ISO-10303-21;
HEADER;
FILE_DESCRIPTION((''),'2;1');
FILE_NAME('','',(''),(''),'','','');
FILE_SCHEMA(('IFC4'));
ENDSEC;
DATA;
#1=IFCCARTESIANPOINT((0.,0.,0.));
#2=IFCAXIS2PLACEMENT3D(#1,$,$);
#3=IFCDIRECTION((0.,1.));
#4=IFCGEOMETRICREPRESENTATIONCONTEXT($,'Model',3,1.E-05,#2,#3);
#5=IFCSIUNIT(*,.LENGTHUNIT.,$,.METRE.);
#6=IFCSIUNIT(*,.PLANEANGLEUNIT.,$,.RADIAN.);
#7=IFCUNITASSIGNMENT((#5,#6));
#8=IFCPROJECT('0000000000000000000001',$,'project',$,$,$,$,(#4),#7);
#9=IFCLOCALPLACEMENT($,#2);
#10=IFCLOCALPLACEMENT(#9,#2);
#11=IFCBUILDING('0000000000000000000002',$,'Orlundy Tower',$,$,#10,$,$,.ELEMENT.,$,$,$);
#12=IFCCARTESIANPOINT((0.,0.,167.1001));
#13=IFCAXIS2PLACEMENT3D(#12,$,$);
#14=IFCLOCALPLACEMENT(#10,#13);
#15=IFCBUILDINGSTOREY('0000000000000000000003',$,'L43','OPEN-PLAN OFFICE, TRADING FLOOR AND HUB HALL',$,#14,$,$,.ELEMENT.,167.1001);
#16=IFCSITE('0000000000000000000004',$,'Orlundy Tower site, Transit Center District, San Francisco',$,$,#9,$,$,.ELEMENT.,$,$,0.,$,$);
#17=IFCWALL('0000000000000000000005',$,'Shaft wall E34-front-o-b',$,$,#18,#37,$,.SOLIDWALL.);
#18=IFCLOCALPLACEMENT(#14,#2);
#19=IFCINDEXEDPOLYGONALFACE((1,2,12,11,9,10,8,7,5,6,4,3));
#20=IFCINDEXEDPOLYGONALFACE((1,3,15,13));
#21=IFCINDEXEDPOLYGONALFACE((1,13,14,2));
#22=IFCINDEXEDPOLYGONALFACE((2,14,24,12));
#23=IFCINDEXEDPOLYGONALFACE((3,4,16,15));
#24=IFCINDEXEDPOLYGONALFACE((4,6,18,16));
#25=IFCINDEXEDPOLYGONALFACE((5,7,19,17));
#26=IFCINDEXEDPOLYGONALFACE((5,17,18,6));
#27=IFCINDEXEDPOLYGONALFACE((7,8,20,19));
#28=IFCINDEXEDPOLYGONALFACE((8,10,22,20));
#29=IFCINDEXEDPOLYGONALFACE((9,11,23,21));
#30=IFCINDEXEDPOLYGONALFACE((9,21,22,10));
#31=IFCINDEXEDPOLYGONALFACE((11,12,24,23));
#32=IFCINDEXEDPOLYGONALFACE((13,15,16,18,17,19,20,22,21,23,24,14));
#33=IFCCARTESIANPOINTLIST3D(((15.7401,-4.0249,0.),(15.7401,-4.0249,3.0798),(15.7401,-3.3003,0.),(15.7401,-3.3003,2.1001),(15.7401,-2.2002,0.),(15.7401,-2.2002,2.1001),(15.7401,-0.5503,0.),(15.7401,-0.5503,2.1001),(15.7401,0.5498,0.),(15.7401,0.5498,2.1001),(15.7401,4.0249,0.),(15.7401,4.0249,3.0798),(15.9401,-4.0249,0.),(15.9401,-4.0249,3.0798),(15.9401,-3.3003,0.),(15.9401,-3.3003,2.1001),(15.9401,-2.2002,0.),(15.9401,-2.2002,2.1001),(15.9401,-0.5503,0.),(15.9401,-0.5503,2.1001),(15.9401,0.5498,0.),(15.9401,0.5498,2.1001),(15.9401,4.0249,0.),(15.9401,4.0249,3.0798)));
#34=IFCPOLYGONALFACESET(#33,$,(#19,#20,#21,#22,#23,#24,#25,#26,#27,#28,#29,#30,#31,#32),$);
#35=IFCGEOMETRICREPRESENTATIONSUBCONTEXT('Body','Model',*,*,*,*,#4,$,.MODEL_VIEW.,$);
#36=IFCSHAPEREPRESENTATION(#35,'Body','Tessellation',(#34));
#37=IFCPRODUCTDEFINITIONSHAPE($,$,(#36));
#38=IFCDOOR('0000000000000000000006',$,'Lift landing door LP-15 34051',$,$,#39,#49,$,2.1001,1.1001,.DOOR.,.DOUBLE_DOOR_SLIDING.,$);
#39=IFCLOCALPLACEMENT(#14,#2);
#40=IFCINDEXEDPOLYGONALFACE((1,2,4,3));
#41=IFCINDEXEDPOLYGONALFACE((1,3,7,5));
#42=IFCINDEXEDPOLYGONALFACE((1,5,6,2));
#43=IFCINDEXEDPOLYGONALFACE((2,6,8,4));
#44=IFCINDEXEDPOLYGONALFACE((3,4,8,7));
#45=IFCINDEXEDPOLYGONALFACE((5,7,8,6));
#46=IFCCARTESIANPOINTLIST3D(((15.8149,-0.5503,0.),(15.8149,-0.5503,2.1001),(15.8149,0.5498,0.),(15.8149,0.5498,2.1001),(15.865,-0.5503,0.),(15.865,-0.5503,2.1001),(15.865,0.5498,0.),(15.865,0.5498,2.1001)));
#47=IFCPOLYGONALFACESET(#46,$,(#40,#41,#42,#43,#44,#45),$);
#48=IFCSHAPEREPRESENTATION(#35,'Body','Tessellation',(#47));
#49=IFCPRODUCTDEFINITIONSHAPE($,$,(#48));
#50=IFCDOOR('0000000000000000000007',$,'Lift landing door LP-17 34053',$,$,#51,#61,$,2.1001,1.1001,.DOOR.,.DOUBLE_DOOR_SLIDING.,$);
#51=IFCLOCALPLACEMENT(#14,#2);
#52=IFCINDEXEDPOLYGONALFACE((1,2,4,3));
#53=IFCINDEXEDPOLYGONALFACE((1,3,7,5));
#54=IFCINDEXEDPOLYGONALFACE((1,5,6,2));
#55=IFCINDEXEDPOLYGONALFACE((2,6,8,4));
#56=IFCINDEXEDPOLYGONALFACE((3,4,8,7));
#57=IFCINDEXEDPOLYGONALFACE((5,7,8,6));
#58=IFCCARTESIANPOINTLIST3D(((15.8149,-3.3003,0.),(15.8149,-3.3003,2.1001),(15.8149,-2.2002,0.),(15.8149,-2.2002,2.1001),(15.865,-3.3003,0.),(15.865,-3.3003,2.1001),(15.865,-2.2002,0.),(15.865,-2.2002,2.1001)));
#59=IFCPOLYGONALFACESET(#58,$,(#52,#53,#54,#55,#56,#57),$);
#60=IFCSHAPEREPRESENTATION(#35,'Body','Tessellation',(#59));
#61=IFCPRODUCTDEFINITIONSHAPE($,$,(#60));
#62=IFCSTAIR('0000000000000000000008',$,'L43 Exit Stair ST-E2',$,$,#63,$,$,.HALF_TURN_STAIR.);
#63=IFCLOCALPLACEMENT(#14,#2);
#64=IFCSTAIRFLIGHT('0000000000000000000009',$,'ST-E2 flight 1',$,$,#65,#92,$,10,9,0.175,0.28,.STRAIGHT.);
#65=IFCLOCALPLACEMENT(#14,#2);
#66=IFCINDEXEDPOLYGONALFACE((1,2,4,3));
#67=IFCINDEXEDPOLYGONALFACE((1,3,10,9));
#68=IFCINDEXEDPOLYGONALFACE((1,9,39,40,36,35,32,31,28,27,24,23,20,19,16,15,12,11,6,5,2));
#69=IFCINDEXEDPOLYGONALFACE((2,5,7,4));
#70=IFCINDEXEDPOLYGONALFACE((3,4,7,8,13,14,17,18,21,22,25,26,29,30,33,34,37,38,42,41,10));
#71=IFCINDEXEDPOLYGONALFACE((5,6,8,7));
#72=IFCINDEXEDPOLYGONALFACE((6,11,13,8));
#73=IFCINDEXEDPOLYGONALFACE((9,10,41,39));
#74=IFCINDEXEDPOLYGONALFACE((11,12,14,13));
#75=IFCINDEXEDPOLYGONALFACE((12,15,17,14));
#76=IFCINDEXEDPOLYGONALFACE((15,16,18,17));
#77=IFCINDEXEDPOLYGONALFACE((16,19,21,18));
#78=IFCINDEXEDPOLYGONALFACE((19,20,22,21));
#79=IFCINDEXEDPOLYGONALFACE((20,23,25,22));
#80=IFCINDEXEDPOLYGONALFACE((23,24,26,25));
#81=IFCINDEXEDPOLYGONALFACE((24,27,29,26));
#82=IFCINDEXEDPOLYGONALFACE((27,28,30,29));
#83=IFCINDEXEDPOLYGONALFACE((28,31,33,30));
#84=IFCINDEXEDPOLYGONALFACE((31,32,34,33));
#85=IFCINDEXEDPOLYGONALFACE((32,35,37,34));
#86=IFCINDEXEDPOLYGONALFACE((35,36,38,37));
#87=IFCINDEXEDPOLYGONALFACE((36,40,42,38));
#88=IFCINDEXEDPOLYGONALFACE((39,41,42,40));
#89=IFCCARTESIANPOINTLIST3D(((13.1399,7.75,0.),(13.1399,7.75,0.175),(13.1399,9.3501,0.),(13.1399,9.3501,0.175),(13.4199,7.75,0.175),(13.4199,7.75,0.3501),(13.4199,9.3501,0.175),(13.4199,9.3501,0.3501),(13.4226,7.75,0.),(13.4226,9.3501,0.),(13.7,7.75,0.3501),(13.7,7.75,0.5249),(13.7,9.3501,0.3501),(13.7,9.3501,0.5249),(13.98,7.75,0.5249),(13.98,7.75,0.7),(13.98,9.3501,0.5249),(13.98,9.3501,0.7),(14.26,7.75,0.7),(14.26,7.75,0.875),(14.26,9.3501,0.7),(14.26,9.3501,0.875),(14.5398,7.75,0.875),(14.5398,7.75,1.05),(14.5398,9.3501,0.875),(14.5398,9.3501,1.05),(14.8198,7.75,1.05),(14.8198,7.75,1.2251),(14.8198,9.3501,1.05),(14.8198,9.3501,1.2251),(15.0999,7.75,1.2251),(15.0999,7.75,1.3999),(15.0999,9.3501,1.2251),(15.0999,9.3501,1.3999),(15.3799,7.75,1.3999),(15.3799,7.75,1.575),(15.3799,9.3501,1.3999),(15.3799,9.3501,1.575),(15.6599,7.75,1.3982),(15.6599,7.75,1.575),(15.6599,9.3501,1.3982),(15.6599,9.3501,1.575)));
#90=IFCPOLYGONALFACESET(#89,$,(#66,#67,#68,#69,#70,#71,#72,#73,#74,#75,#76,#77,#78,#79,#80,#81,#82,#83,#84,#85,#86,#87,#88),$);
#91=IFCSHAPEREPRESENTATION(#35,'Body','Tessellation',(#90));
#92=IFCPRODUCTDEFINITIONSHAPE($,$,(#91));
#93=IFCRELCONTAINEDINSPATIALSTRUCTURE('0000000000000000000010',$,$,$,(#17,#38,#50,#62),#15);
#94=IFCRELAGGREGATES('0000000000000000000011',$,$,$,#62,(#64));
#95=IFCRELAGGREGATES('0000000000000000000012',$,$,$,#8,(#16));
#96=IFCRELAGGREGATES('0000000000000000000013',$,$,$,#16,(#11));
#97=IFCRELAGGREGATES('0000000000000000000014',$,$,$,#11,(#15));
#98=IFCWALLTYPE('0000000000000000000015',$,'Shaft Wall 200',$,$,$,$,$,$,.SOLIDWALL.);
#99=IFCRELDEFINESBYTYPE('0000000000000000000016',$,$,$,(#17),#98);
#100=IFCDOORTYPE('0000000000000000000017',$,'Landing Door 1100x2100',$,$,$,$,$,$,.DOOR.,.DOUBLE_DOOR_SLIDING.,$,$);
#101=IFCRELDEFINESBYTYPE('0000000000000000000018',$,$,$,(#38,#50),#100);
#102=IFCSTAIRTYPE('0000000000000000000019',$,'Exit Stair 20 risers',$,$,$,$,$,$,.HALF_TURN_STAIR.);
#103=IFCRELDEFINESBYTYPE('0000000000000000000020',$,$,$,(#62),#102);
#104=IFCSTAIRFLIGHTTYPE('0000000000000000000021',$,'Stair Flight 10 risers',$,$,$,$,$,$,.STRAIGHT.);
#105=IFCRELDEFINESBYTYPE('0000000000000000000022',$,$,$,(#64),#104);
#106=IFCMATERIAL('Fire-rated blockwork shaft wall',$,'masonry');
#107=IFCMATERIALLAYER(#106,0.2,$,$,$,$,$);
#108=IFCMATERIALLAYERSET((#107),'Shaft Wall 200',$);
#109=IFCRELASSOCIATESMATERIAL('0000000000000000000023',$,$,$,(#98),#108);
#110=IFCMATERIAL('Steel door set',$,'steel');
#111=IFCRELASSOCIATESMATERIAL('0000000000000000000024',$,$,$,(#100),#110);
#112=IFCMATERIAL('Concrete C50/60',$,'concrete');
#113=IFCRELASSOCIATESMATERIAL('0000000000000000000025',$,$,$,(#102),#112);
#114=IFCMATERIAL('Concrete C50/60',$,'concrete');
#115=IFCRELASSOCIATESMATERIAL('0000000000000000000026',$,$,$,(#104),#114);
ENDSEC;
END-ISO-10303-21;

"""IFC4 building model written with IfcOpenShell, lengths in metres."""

from ifc_helpers import new_model, si_unit, direction, frame, frame_2d, origin, place, context, subcontext, project, spatial, polyline, rectangle, outline, extrude, material, layer, layer_set, type_object, element, fill, aggregate, save


model = new_model("IFC4")

# Units and contexts
model_context = context("Model", 3, precision=1e-05, world=origin(), true_north=direction((0.0, 1.0)))
body_context = subcontext(model_context, "Body", "Model", "MODEL_VIEW")
ifc_project = project(units=[si_unit("LENGTHUNIT", "METRE"), si_unit("PLANEANGLEUNIT", "RADIAN")], contexts=[model_context])

# Site, building, storey
site_placement = place(None, origin())
site = spatial("IfcSite", under=ifc_project, at=site_placement, Name="Orlundy Tower site, Transit Center District, San Francisco", CompositionType="ELEMENT", RefElevation=0.0)
building_placement = place(site_placement, origin())
building = spatial("IfcBuilding", under=site, at=building_placement, Name="Orlundy Tower", CompositionType="ELEMENT")
storey_placement = place(building_placement, frame((0.0, 0.0, 167.1001)))
storey = spatial("IfcBuildingStorey", under=building, at=storey_placement, Name="L43", Description="OPEN-PLAN OFFICE, TRADING FLOOR AND HUB HALL", CompositionType="ELEMENT", Elevation=167.1001)

# Shared definitions
ifc_material_1 = material(Name="Fire-rated blockwork shaft wall", Category="masonry")
ifc_layer_1 = layer(ifc_material_1, 0.2)
ifc_layer_set_1 = layer_set([ifc_layer_1], Name="Shaft Wall 200")
wall_type_1 = type_object("IfcWallType", Name="Shaft Wall 200", PredefinedType="SOLIDWALL", material=ifc_layer_set_1)

# Shared definitions
ifc_material_2 = material(Name="Steel door set", Category="steel")
door_type_1 = type_object("IfcDoorType", Name="Landing Door 1100x2100", OperationType="DOUBLE_DOOR_SLIDING", PredefinedType="DOOR", material=ifc_material_2)

# Wall, openings, doors
wall_1_placement = place(storey_placement, frame((15.8401, 4.0249, 0.0), z_axis=(0.0, 0.0, 1.0), x_axis=(0.0, -1.0, 0.0)))
wall_1 = element("IfcWall", 1, at=wall_1_placement, inside=storey, type_object=wall_type_1, Name="Shaft wall E34-front-o-b", PredefinedType="SOLIDWALL", context=body_context, shape_type="SweptSolid", body=[
    extrude(rectangle(XDim=8.0498, YDim=0.2, at=frame_2d((4.0249, 0.0))), origin(), (0.0, 0.0, 1.0), 3.0798),
])
opening_1_placement = place(wall_1_placement, frame((3.4751, 0.0, 0.0)))
opening_1 = element("IfcOpeningElement", 2, at=opening_1_placement, cuts=wall_1, PredefinedType="OPENING", context=body_context, shape_type="SweptSolid", body=[
    extrude(rectangle(XDim=1.1001, YDim=2.1001, at=frame_2d((0.55, 1.05))), frame((0.0, 0.1101, 0.0), z_axis=(0.0, -1.0, 0.0), x_axis=(1.0, 0.0, 0.0)), (0.0, 0.0, 1.0), 0.2202),
])
opening_2_placement = place(wall_1_placement, frame((6.2251, 0.0, 0.0)))
opening_2 = element("IfcOpeningElement", 3, at=opening_2_placement, cuts=wall_1, PredefinedType="OPENING", context=body_context, shape_type="SweptSolid", body=[
    extrude(rectangle(XDim=1.1001, YDim=2.1001, at=frame_2d((0.55, 1.05))), frame((0.0, 0.1101, 0.0), z_axis=(0.0, -1.0, 0.0), x_axis=(1.0, 0.0, 0.0)), (0.0, 0.0, 1.0), 0.2202),
])
door_1_placement = place(opening_1_placement, origin())
door_1 = element("IfcDoor", 4, at=door_1_placement, inside=storey, type_object=door_type_1, Name="Lift landing door LP-15 34051", OperationType="DOUBLE_DOOR_SLIDING", OverallHeight=2.1001, OverallWidth=1.1001, PredefinedType="DOOR", context=body_context, shape_type="SweptSolid", body=[
    extrude(rectangle(XDim=1.1001, YDim=2.1001, at=frame_2d((0.55, 1.05))), frame((0.0, 0.0249, 0.0), z_axis=(0.0, -1.0, 0.0), x_axis=(1.0, 0.0, 0.0)), (0.0, 0.0, 1.0), 0.05),
])
fill(opening_1, door_1)
door_2_placement = place(opening_2_placement, origin())
door_2 = element("IfcDoor", 5, at=door_2_placement, inside=storey, type_object=door_type_1, Name="Lift landing door LP-17 34053", OperationType="DOUBLE_DOOR_SLIDING", OverallHeight=2.1001, OverallWidth=1.1001, PredefinedType="DOOR", context=body_context, shape_type="SweptSolid", body=[
    extrude(rectangle(XDim=1.1001, YDim=2.1001, at=frame_2d((0.55, 1.05))), frame((0.0, 0.0249, 0.0), z_axis=(0.0, -1.0, 0.0), x_axis=(1.0, 0.0, 0.0)), (0.0, 0.0, 1.0), 0.05),
])
fill(opening_2, door_2)

# Stair, stair flight
ifc_material_3 = material(Name="Concrete C50/60", Category="concrete")
stair_type = type_object("IfcStairType", Name="Exit Stair 20 risers", PredefinedType="HALF_TURN_STAIR", material=ifc_material_3)
stair_placement = place(storey_placement, origin())
stair = element("IfcStair", 6, at=stair_placement, inside=storey, type_object=stair_type, Name="L43 Exit Stair ST-E2", PredefinedType="HALF_TURN_STAIR")
ifc_material_4 = material(Name="Concrete C50/60", Category="concrete")
stair_flight_type = type_object("IfcStairFlightType", Name="Stair Flight 10 risers", PredefinedType="STRAIGHT", material=ifc_material_4)
stair_flight_placement = place(storey_placement, frame((13.1399, 8.55, 0.0), z_axis=(0.0, 0.0, 1.0), x_axis=(1.0, 0.0, 0.0)))
stair_flight = element("IfcStairFlight", 7, at=stair_flight_placement, type_object=stair_flight_type, Name="ST-E2 flight 1", NumberOfRisers=10, NumberOfTreads=9, PredefinedType="STRAIGHT", RiserHeight=0.175, TreadLength=0.28, context=body_context, shape_type="SweptSolid", body=[
    extrude(outline(polyline([(0.0, 0.0), (0.0, 0.175), (0.28, 0.175), (0.28, 0.3501), (0.5601, 0.3501), (0.5601, 0.5249), (0.8401, 0.5249), (0.8401, 0.7), (1.1201, 0.7), (1.1201, 0.875), (1.3999, 0.875), (1.3999, 1.05), (1.6799, 1.05), (1.6799, 1.2251), (1.96, 1.2251), (1.96, 1.3999), (2.24, 1.3999), (2.24, 1.575), (2.52, 1.575), (2.52, 1.75), (2.52, 1.3982), (0.2827, 0.0), (0.0, 0.0)])), frame((0.0, 0.8, 0.0), z_axis=(0.0, -1.0, 0.0), x_axis=(1.0, 0.0, 0.0)), (0.0, 0.0, 1.0), 1.6001),
])
aggregate(stair, [stair_flight])

save(model, "model.ifc")
